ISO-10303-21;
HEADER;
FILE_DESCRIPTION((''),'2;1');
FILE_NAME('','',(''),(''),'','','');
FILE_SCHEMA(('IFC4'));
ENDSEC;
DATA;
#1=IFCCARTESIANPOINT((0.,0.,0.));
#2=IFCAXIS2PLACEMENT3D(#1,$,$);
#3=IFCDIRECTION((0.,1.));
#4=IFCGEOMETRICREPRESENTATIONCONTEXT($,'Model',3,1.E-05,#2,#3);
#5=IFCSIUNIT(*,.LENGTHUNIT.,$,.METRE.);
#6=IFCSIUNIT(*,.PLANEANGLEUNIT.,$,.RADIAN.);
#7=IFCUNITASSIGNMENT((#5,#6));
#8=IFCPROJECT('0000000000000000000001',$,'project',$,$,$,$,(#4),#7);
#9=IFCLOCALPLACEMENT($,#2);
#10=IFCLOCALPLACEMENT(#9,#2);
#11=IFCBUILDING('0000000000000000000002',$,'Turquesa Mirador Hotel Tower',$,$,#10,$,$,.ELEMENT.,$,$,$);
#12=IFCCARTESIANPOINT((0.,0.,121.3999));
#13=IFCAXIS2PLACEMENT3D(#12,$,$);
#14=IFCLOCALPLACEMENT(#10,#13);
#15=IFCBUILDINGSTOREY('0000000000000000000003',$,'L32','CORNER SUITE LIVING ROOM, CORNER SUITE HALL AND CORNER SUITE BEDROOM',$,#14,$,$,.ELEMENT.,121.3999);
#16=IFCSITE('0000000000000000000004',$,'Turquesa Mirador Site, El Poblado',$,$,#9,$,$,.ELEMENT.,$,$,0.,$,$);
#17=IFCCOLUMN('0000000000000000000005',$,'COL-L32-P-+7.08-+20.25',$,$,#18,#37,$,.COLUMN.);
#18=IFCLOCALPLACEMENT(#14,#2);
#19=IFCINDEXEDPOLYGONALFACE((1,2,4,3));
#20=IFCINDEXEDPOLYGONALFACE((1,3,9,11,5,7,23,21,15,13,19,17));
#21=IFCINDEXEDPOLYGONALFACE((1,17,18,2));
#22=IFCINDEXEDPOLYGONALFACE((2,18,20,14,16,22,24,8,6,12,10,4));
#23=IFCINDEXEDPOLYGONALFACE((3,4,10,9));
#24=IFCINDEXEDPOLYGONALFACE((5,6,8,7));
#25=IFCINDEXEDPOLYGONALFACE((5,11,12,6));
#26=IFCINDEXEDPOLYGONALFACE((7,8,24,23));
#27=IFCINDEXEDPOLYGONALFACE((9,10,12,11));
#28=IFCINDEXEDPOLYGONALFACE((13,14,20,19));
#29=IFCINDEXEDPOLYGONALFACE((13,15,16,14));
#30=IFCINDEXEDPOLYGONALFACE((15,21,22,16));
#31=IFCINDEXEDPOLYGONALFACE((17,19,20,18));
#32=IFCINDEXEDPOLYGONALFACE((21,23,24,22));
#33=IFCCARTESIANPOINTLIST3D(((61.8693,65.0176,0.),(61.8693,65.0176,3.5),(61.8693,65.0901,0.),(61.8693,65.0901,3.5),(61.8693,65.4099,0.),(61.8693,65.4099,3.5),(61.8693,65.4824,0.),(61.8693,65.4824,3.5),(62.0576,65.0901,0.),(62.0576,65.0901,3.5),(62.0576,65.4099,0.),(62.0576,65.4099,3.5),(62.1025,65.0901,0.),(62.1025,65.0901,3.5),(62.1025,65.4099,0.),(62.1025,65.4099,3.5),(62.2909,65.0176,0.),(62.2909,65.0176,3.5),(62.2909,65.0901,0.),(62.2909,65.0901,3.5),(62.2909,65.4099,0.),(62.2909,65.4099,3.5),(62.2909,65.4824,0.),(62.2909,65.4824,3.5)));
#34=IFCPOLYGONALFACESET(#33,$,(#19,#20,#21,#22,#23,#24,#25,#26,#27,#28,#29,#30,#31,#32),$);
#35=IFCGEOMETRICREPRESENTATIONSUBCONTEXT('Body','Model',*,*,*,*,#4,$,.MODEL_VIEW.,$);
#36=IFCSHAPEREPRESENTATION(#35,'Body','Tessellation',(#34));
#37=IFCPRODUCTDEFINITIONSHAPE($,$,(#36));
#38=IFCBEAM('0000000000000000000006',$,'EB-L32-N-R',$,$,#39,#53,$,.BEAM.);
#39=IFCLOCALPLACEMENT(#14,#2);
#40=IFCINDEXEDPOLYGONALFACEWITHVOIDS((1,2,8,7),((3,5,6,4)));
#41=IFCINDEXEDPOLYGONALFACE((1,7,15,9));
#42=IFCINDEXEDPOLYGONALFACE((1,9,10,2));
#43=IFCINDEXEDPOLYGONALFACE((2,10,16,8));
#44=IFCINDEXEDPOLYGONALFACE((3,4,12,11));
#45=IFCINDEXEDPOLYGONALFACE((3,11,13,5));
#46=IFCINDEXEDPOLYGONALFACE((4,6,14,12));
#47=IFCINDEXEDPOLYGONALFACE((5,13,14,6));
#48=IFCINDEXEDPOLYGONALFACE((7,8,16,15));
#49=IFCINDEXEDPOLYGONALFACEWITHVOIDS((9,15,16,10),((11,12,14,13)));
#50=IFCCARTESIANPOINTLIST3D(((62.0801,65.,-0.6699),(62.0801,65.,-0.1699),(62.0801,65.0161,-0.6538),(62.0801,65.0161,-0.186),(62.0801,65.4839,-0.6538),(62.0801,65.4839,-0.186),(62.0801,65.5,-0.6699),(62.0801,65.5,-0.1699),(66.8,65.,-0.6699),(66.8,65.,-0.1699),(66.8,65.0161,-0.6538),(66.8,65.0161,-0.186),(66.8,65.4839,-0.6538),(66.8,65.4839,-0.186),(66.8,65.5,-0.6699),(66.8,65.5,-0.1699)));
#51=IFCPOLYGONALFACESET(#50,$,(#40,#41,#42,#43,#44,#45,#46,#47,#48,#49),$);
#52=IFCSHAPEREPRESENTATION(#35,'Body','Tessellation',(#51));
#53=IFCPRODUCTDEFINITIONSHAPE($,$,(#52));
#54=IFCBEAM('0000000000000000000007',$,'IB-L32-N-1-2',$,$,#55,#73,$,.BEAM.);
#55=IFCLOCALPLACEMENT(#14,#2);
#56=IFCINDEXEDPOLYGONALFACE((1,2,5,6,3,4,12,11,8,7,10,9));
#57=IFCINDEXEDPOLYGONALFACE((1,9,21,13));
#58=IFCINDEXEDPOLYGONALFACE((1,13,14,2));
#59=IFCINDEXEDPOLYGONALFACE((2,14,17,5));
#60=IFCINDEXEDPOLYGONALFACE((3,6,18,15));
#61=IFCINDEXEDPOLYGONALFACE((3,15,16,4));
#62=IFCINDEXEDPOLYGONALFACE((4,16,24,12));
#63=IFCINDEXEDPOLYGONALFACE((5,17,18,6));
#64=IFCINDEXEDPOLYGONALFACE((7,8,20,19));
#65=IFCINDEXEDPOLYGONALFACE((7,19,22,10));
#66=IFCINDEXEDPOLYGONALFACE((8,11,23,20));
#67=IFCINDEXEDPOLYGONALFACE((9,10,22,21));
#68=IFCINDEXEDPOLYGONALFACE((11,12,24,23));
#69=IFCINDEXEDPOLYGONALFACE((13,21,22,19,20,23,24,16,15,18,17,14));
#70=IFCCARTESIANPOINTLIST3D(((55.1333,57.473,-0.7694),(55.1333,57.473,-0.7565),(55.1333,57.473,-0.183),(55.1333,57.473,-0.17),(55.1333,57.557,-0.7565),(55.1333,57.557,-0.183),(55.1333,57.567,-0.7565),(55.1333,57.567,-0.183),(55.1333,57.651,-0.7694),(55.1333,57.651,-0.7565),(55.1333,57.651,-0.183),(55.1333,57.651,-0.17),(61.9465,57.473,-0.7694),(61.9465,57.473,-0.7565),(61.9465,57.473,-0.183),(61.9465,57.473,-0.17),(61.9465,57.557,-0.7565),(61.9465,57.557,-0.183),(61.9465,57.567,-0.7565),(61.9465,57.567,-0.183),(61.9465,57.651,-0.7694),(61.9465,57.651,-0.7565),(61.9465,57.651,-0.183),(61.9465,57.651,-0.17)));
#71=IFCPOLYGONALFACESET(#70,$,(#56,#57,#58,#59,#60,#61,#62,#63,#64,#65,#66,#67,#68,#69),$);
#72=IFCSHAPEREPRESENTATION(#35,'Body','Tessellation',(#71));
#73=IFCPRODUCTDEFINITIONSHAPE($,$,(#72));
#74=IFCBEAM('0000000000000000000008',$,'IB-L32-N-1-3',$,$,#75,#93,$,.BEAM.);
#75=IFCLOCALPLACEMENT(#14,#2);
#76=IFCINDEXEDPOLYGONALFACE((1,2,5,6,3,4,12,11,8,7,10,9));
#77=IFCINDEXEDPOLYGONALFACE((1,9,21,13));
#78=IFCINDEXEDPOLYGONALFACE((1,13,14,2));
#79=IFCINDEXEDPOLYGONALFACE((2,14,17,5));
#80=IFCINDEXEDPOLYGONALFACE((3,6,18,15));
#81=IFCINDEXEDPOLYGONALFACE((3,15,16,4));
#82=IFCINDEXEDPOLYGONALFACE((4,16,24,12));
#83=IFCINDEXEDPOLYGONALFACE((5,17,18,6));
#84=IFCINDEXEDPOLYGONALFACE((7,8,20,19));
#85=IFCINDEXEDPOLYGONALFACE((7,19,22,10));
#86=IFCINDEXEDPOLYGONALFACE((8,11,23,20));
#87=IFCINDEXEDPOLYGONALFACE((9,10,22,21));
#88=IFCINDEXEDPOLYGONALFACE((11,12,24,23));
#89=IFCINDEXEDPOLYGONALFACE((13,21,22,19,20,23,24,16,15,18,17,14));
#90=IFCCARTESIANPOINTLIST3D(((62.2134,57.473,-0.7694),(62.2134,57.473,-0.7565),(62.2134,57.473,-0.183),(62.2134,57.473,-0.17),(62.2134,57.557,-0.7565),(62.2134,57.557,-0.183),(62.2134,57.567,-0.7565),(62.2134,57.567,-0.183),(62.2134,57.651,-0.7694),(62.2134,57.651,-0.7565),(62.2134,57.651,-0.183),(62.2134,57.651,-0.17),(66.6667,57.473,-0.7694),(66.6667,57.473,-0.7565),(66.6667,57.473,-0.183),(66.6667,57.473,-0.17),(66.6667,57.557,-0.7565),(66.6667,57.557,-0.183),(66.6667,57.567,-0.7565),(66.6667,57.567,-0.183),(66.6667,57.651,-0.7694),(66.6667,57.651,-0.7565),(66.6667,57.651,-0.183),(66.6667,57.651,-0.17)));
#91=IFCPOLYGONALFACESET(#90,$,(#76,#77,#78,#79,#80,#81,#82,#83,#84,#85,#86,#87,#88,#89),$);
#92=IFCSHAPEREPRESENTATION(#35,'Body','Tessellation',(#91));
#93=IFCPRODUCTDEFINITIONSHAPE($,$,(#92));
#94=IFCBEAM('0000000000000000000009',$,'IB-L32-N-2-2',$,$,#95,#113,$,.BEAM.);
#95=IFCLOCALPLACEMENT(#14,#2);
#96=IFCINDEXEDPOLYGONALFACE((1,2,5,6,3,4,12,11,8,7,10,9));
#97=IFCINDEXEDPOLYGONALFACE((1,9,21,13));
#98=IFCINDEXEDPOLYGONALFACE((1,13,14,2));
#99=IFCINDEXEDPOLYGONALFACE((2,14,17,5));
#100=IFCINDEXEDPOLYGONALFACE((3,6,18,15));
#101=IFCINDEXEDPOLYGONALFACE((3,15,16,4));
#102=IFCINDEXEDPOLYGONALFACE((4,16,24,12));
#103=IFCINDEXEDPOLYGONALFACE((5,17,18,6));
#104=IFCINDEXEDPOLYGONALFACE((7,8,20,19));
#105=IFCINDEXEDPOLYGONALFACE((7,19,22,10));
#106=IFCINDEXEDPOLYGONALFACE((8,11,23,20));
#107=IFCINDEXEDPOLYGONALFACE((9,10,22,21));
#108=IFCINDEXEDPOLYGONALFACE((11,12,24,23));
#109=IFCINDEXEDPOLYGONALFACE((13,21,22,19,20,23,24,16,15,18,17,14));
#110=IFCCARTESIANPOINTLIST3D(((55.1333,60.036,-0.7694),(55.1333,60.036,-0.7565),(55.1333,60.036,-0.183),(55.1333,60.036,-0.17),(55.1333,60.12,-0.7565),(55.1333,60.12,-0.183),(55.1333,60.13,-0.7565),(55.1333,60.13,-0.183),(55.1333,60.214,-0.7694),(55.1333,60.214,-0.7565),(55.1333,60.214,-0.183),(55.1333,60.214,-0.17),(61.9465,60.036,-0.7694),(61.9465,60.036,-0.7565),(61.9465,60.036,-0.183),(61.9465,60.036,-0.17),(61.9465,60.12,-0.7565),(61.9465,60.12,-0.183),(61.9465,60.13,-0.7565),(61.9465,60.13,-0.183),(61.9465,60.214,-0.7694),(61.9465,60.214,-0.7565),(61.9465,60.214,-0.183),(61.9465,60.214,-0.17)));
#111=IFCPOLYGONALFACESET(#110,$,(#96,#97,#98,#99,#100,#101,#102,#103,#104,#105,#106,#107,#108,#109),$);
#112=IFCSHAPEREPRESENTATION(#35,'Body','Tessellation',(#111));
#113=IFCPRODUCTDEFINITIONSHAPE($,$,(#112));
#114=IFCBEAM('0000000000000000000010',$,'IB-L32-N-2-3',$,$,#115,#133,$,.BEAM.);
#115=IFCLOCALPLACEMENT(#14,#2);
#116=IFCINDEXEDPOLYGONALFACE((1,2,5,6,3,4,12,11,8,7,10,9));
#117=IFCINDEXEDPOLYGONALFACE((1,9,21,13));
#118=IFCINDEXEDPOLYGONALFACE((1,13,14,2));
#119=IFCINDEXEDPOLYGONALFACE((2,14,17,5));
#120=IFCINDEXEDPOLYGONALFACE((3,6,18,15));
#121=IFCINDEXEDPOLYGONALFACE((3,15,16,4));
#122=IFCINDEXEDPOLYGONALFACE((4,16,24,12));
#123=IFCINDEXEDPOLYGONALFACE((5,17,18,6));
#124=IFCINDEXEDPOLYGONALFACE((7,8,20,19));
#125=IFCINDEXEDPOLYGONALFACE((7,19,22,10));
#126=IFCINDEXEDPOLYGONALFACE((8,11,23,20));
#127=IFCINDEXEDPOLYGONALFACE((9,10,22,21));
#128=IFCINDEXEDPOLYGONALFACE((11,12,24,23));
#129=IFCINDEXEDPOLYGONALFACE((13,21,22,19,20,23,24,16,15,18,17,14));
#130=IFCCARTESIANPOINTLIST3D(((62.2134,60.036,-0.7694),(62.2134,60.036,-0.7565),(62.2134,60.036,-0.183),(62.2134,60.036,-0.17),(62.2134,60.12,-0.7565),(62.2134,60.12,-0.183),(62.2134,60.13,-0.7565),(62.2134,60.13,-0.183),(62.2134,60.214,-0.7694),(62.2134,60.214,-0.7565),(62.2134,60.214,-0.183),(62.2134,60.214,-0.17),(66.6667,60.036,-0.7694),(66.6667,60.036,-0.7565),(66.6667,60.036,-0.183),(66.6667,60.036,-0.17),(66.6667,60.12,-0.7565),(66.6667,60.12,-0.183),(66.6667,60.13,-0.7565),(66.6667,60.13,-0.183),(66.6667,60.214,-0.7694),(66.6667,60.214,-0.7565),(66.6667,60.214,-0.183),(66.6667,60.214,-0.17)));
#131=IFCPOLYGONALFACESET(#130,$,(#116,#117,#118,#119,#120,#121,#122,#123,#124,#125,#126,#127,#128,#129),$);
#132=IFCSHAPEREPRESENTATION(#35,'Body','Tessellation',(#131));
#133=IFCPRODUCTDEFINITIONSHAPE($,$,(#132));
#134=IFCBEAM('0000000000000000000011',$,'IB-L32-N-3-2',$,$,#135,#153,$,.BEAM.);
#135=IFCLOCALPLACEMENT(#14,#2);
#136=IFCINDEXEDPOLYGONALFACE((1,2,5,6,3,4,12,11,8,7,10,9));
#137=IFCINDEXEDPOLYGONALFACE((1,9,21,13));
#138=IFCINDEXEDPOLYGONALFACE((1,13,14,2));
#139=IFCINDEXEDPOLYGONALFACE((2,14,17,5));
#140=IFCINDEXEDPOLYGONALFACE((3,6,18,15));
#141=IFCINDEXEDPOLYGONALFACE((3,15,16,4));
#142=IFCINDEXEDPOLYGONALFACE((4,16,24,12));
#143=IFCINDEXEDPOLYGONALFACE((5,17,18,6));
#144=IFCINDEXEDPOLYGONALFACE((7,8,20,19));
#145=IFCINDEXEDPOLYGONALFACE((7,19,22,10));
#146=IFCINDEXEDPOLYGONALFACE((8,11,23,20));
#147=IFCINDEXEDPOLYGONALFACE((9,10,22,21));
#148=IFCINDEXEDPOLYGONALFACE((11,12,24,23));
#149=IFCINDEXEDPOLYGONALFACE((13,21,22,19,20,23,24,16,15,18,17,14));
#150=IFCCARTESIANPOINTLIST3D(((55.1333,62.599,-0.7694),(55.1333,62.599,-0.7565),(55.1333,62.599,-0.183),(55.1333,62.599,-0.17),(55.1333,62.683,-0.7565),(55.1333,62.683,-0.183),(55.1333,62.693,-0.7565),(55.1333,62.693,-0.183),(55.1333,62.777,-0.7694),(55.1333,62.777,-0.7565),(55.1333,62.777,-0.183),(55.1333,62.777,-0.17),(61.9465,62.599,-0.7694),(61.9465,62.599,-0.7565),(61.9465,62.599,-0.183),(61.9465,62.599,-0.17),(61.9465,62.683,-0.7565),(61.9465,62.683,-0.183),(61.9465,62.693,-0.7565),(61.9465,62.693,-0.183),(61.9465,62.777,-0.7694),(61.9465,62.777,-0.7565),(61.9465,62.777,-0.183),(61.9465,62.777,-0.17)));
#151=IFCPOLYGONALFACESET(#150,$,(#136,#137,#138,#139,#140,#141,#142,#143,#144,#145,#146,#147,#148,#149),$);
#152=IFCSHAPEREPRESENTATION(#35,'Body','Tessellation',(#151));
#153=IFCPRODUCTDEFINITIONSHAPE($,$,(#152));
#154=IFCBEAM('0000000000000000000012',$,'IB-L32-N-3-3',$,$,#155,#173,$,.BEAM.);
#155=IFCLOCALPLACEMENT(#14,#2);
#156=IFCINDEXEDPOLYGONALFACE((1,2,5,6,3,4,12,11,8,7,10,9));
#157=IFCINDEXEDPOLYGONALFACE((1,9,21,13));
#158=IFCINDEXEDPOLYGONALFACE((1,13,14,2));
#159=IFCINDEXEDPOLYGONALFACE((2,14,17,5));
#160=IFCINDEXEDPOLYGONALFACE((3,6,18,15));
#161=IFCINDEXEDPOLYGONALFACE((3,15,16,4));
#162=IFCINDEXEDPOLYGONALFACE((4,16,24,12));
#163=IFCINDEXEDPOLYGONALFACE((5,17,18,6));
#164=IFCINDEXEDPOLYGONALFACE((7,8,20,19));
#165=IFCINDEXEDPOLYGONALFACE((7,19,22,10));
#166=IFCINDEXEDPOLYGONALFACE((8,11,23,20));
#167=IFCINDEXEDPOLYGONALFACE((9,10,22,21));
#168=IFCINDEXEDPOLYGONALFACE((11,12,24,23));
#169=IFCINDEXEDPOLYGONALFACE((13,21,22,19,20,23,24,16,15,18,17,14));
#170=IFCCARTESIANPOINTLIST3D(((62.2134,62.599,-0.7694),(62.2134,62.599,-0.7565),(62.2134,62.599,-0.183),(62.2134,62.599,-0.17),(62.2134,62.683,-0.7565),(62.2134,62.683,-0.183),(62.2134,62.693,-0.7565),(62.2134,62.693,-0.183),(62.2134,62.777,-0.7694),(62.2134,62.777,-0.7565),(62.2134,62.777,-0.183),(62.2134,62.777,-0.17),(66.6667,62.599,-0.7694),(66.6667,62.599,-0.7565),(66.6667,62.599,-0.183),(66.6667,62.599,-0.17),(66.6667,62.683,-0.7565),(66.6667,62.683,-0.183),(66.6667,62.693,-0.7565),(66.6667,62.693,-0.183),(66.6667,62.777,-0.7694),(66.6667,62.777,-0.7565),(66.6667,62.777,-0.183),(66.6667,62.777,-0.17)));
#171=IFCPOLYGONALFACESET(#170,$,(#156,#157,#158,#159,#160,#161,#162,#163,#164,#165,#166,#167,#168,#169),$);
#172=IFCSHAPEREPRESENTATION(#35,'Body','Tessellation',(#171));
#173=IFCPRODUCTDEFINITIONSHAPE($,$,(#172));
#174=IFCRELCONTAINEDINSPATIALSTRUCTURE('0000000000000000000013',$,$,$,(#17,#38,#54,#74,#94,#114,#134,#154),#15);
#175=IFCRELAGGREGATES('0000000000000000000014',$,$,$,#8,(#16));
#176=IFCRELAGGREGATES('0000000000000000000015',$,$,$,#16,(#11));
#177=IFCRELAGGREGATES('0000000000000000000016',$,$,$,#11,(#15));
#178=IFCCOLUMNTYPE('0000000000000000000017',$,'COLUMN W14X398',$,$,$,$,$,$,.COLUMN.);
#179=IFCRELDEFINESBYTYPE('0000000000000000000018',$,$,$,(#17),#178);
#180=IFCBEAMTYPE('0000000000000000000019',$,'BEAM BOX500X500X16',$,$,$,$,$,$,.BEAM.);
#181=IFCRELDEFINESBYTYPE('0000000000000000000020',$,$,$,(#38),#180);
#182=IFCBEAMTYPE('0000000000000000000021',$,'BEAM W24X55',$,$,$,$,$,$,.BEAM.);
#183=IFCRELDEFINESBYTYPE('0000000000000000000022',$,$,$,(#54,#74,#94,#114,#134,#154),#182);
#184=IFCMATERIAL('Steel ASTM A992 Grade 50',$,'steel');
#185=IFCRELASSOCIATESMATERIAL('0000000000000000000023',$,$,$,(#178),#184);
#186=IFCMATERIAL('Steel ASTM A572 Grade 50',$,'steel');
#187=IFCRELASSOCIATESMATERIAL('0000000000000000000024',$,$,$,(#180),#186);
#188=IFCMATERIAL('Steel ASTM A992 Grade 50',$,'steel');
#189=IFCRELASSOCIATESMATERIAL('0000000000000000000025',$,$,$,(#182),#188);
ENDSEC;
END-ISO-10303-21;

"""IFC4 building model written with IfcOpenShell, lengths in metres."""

from ifc_helpers import new_model, si_unit, direction, frame, origin, origin_2d, place, context, subcontext, project, spatial, hollow_rectangle, i_section, extrude, material, material_profile, profile_set, type_object, element, save


model = new_model("IFC4")

# Units and contexts
model_context = context("Model", 3, precision=1e-05, world=origin(), true_north=direction((0.0, 1.0)))
body_context = subcontext(model_context, "Body", "Model", "MODEL_VIEW")
ifc_project = project(units=[si_unit("LENGTHUNIT", "METRE"), si_unit("PLANEANGLEUNIT", "RADIAN")], contexts=[model_context])

# Site, building, storey
site_placement = place(None, origin())
site = spatial("IfcSite", under=ifc_project, at=site_placement, Name="Turquesa Mirador Site, El Poblado", CompositionType="ELEMENT", RefElevation=0.0)
building_placement = place(site_placement, origin())
building = spatial("IfcBuilding", under=site, at=building_placement, Name="Turquesa Mirador Hotel Tower", CompositionType="ELEMENT")
storey_placement = place(building_placement, frame((0.0, 0.0, 121.3999)))
storey = spatial("IfcBuildingStorey", under=building, at=storey_placement, Name="L32", Description="CORNER SUITE LIVING ROOM, CORNER SUITE HALL AND CORNER SUITE BEDROOM", CompositionType="ELEMENT", Elevation=121.3999)

# Column
ifc_material_1 = material(Name="Steel ASTM A992 Grade 50", Category="steel")
ifc_material_profile_1 = material_profile(ifc_material_1, i_section(OverallWidth=0.4216, OverallDepth=0.4648, WebThickness=0.0449, FlangeThickness=0.0725, at=origin_2d()), Name="W14X398")
ifc_profile_set_1 = profile_set([ifc_material_profile_1], Name="Steel ASTM A992 Grade 50")
column_type = type_object("IfcColumnType", Name="COLUMN W14X398", PredefinedType="COLUMN", material=ifc_profile_set_1)
column_placement = place(storey_placement, frame((62.0801, 65.25, 0.0), z_axis=(0.0, 0.0, 1.0), x_axis=(1.0, 0.0, 0.0)))
element("IfcColumn", 1, at=column_placement, inside=storey, type_object=column_type, Name="COL-L32-P-+7.08-+20.25", PredefinedType="COLUMN", context=body_context, shape_type="SweptSolid", body=[
    extrude(i_section(OverallWidth=0.4216, OverallDepth=0.4648, WebThickness=0.0449, FlangeThickness=0.0725, at=origin_2d()), origin(), (0.0, 0.0, 1.0), 3.5),
])

# Beams
ifc_material_2 = material(Name="Steel ASTM A572 Grade 50", Category="steel")
ifc_material_profile_2 = material_profile(ifc_material_2, hollow_rectangle(XDim=0.5, YDim=0.5, WallThickness=0.0161, at=origin_2d()), Name="BOX500X500X16")
ifc_profile_set_2 = profile_set([ifc_material_profile_2], Name="Steel ASTM A572 Grade 50")
beam_type_1 = type_object("IfcBeamType", Name="BEAM BOX500X500X16", PredefinedType="BEAM", material=ifc_profile_set_2)
beam_1_placement = place(storey_placement, frame((62.0801, 65.25, -0.4199), z_axis=(1.0, 0.0, 0.0), x_axis=(0.0, 1.0, 0.0)))
element("IfcBeam", 2, at=beam_1_placement, inside=storey, type_object=beam_type_1, Name="EB-L32-N-R", PredefinedType="BEAM", context=body_context, shape_type="SweptSolid", body=[
    extrude(hollow_rectangle(XDim=0.5, YDim=0.5, WallThickness=0.0161, at=origin_2d()), origin(), (0.0, 0.0, 1.0), 4.72),
])
ifc_material_3 = material(Name="Steel ASTM A992 Grade 50", Category="steel")
ifc_material_profile_3 = material_profile(ifc_material_3, i_section(OverallWidth=0.178, OverallDepth=0.5994, WebThickness=0.01, FlangeThickness=0.0129, at=origin_2d()), Name="W24X55")
ifc_profile_set_3 = profile_set([ifc_material_profile_3], Name="Steel ASTM A992 Grade 50")
beam_type_2 = type_object("IfcBeamType", Name="BEAM W24X55", PredefinedType="BEAM", material=ifc_profile_set_3)
beam_2_placement = place(storey_placement, frame((55.1333, 57.562, -0.4697), z_axis=(1.0, 0.0, 0.0), x_axis=(0.0, 1.0, 0.0)))
element("IfcBeam", 3, at=beam_2_placement, inside=storey, type_object=beam_type_2, Name="IB-L32-N-1-2", PredefinedType="BEAM", context=body_context, shape_type="SweptSolid", body=[
    extrude(i_section(OverallWidth=0.178, OverallDepth=0.5994, WebThickness=0.01, FlangeThickness=0.0129, at=origin_2d()), origin(), (0.0, 0.0, 1.0), 6.8132),
])
beam_3_placement = place(storey_placement, frame((62.2134, 57.562, -0.4697), z_axis=(1.0, 0.0, 0.0), x_axis=(0.0, 1.0, 0.0)))
element("IfcBeam", 4, at=beam_3_placement, inside=storey, type_object=beam_type_2, Name="IB-L32-N-1-3", PredefinedType="BEAM", context=body_context, shape_type="SweptSolid", body=[
    extrude(i_section(OverallWidth=0.178, OverallDepth=0.5994, WebThickness=0.01, FlangeThickness=0.0129, at=origin_2d()), origin(), (0.0, 0.0, 1.0), 4.4534),
])
beam_4_placement = place(storey_placement, frame((55.1333, 60.125, -0.4697), z_axis=(1.0, 0.0, 0.0), x_axis=(0.0, 1.0, 0.0)))
element("IfcBeam", 5, at=beam_4_placement, inside=storey, type_object=beam_type_2, Name="IB-L32-N-2-2", PredefinedType="BEAM", context=body_context, shape_type="SweptSolid", body=[
    extrude(i_section(OverallWidth=0.178, OverallDepth=0.5994, WebThickness=0.01, FlangeThickness=0.0129, at=origin_2d()), origin(), (0.0, 0.0, 1.0), 6.8132),
])
beam_5_placement = place(storey_placement, frame((62.2134, 60.125, -0.4697), z_axis=(1.0, 0.0, 0.0), x_axis=(0.0, 1.0, 0.0)))
element("IfcBeam", 6, at=beam_5_placement, inside=storey, type_object=beam_type_2, Name="IB-L32-N-2-3", PredefinedType="BEAM", context=body_context, shape_type="SweptSolid", body=[
    extrude(i_section(OverallWidth=0.178, OverallDepth=0.5994, WebThickness=0.01, FlangeThickness=0.0129, at=origin_2d()), origin(), (0.0, 0.0, 1.0), 4.4534),
])
beam_6_placement = place(storey_placement, frame((55.1333, 62.688, -0.4697), z_axis=(1.0, 0.0, 0.0), x_axis=(0.0, 1.0, 0.0)))
element("IfcBeam", 7, at=beam_6_placement, inside=storey, type_object=beam_type_2, Name="IB-L32-N-3-2", PredefinedType="BEAM", context=body_context, shape_type="SweptSolid", body=[
    extrude(i_section(OverallWidth=0.178, OverallDepth=0.5994, WebThickness=0.01, FlangeThickness=0.0129, at=origin_2d()), origin(), (0.0, 0.0, 1.0), 6.8132),
])
beam_7_placement = place(storey_placement, frame((62.2134, 62.688, -0.4697), z_axis=(1.0, 0.0, 0.0), x_axis=(0.0, 1.0, 0.0)))
element("IfcBeam", 8, at=beam_7_placement, inside=storey, type_object=beam_type_2, Name="IB-L32-N-3-3", PredefinedType="BEAM", context=body_context, shape_type="SweptSolid", body=[
    extrude(i_section(OverallWidth=0.178, OverallDepth=0.5994, WebThickness=0.01, FlangeThickness=0.0129, at=origin_2d()), origin(), (0.0, 0.0, 1.0), 4.4534),
])

save(model, "model.ifc")
